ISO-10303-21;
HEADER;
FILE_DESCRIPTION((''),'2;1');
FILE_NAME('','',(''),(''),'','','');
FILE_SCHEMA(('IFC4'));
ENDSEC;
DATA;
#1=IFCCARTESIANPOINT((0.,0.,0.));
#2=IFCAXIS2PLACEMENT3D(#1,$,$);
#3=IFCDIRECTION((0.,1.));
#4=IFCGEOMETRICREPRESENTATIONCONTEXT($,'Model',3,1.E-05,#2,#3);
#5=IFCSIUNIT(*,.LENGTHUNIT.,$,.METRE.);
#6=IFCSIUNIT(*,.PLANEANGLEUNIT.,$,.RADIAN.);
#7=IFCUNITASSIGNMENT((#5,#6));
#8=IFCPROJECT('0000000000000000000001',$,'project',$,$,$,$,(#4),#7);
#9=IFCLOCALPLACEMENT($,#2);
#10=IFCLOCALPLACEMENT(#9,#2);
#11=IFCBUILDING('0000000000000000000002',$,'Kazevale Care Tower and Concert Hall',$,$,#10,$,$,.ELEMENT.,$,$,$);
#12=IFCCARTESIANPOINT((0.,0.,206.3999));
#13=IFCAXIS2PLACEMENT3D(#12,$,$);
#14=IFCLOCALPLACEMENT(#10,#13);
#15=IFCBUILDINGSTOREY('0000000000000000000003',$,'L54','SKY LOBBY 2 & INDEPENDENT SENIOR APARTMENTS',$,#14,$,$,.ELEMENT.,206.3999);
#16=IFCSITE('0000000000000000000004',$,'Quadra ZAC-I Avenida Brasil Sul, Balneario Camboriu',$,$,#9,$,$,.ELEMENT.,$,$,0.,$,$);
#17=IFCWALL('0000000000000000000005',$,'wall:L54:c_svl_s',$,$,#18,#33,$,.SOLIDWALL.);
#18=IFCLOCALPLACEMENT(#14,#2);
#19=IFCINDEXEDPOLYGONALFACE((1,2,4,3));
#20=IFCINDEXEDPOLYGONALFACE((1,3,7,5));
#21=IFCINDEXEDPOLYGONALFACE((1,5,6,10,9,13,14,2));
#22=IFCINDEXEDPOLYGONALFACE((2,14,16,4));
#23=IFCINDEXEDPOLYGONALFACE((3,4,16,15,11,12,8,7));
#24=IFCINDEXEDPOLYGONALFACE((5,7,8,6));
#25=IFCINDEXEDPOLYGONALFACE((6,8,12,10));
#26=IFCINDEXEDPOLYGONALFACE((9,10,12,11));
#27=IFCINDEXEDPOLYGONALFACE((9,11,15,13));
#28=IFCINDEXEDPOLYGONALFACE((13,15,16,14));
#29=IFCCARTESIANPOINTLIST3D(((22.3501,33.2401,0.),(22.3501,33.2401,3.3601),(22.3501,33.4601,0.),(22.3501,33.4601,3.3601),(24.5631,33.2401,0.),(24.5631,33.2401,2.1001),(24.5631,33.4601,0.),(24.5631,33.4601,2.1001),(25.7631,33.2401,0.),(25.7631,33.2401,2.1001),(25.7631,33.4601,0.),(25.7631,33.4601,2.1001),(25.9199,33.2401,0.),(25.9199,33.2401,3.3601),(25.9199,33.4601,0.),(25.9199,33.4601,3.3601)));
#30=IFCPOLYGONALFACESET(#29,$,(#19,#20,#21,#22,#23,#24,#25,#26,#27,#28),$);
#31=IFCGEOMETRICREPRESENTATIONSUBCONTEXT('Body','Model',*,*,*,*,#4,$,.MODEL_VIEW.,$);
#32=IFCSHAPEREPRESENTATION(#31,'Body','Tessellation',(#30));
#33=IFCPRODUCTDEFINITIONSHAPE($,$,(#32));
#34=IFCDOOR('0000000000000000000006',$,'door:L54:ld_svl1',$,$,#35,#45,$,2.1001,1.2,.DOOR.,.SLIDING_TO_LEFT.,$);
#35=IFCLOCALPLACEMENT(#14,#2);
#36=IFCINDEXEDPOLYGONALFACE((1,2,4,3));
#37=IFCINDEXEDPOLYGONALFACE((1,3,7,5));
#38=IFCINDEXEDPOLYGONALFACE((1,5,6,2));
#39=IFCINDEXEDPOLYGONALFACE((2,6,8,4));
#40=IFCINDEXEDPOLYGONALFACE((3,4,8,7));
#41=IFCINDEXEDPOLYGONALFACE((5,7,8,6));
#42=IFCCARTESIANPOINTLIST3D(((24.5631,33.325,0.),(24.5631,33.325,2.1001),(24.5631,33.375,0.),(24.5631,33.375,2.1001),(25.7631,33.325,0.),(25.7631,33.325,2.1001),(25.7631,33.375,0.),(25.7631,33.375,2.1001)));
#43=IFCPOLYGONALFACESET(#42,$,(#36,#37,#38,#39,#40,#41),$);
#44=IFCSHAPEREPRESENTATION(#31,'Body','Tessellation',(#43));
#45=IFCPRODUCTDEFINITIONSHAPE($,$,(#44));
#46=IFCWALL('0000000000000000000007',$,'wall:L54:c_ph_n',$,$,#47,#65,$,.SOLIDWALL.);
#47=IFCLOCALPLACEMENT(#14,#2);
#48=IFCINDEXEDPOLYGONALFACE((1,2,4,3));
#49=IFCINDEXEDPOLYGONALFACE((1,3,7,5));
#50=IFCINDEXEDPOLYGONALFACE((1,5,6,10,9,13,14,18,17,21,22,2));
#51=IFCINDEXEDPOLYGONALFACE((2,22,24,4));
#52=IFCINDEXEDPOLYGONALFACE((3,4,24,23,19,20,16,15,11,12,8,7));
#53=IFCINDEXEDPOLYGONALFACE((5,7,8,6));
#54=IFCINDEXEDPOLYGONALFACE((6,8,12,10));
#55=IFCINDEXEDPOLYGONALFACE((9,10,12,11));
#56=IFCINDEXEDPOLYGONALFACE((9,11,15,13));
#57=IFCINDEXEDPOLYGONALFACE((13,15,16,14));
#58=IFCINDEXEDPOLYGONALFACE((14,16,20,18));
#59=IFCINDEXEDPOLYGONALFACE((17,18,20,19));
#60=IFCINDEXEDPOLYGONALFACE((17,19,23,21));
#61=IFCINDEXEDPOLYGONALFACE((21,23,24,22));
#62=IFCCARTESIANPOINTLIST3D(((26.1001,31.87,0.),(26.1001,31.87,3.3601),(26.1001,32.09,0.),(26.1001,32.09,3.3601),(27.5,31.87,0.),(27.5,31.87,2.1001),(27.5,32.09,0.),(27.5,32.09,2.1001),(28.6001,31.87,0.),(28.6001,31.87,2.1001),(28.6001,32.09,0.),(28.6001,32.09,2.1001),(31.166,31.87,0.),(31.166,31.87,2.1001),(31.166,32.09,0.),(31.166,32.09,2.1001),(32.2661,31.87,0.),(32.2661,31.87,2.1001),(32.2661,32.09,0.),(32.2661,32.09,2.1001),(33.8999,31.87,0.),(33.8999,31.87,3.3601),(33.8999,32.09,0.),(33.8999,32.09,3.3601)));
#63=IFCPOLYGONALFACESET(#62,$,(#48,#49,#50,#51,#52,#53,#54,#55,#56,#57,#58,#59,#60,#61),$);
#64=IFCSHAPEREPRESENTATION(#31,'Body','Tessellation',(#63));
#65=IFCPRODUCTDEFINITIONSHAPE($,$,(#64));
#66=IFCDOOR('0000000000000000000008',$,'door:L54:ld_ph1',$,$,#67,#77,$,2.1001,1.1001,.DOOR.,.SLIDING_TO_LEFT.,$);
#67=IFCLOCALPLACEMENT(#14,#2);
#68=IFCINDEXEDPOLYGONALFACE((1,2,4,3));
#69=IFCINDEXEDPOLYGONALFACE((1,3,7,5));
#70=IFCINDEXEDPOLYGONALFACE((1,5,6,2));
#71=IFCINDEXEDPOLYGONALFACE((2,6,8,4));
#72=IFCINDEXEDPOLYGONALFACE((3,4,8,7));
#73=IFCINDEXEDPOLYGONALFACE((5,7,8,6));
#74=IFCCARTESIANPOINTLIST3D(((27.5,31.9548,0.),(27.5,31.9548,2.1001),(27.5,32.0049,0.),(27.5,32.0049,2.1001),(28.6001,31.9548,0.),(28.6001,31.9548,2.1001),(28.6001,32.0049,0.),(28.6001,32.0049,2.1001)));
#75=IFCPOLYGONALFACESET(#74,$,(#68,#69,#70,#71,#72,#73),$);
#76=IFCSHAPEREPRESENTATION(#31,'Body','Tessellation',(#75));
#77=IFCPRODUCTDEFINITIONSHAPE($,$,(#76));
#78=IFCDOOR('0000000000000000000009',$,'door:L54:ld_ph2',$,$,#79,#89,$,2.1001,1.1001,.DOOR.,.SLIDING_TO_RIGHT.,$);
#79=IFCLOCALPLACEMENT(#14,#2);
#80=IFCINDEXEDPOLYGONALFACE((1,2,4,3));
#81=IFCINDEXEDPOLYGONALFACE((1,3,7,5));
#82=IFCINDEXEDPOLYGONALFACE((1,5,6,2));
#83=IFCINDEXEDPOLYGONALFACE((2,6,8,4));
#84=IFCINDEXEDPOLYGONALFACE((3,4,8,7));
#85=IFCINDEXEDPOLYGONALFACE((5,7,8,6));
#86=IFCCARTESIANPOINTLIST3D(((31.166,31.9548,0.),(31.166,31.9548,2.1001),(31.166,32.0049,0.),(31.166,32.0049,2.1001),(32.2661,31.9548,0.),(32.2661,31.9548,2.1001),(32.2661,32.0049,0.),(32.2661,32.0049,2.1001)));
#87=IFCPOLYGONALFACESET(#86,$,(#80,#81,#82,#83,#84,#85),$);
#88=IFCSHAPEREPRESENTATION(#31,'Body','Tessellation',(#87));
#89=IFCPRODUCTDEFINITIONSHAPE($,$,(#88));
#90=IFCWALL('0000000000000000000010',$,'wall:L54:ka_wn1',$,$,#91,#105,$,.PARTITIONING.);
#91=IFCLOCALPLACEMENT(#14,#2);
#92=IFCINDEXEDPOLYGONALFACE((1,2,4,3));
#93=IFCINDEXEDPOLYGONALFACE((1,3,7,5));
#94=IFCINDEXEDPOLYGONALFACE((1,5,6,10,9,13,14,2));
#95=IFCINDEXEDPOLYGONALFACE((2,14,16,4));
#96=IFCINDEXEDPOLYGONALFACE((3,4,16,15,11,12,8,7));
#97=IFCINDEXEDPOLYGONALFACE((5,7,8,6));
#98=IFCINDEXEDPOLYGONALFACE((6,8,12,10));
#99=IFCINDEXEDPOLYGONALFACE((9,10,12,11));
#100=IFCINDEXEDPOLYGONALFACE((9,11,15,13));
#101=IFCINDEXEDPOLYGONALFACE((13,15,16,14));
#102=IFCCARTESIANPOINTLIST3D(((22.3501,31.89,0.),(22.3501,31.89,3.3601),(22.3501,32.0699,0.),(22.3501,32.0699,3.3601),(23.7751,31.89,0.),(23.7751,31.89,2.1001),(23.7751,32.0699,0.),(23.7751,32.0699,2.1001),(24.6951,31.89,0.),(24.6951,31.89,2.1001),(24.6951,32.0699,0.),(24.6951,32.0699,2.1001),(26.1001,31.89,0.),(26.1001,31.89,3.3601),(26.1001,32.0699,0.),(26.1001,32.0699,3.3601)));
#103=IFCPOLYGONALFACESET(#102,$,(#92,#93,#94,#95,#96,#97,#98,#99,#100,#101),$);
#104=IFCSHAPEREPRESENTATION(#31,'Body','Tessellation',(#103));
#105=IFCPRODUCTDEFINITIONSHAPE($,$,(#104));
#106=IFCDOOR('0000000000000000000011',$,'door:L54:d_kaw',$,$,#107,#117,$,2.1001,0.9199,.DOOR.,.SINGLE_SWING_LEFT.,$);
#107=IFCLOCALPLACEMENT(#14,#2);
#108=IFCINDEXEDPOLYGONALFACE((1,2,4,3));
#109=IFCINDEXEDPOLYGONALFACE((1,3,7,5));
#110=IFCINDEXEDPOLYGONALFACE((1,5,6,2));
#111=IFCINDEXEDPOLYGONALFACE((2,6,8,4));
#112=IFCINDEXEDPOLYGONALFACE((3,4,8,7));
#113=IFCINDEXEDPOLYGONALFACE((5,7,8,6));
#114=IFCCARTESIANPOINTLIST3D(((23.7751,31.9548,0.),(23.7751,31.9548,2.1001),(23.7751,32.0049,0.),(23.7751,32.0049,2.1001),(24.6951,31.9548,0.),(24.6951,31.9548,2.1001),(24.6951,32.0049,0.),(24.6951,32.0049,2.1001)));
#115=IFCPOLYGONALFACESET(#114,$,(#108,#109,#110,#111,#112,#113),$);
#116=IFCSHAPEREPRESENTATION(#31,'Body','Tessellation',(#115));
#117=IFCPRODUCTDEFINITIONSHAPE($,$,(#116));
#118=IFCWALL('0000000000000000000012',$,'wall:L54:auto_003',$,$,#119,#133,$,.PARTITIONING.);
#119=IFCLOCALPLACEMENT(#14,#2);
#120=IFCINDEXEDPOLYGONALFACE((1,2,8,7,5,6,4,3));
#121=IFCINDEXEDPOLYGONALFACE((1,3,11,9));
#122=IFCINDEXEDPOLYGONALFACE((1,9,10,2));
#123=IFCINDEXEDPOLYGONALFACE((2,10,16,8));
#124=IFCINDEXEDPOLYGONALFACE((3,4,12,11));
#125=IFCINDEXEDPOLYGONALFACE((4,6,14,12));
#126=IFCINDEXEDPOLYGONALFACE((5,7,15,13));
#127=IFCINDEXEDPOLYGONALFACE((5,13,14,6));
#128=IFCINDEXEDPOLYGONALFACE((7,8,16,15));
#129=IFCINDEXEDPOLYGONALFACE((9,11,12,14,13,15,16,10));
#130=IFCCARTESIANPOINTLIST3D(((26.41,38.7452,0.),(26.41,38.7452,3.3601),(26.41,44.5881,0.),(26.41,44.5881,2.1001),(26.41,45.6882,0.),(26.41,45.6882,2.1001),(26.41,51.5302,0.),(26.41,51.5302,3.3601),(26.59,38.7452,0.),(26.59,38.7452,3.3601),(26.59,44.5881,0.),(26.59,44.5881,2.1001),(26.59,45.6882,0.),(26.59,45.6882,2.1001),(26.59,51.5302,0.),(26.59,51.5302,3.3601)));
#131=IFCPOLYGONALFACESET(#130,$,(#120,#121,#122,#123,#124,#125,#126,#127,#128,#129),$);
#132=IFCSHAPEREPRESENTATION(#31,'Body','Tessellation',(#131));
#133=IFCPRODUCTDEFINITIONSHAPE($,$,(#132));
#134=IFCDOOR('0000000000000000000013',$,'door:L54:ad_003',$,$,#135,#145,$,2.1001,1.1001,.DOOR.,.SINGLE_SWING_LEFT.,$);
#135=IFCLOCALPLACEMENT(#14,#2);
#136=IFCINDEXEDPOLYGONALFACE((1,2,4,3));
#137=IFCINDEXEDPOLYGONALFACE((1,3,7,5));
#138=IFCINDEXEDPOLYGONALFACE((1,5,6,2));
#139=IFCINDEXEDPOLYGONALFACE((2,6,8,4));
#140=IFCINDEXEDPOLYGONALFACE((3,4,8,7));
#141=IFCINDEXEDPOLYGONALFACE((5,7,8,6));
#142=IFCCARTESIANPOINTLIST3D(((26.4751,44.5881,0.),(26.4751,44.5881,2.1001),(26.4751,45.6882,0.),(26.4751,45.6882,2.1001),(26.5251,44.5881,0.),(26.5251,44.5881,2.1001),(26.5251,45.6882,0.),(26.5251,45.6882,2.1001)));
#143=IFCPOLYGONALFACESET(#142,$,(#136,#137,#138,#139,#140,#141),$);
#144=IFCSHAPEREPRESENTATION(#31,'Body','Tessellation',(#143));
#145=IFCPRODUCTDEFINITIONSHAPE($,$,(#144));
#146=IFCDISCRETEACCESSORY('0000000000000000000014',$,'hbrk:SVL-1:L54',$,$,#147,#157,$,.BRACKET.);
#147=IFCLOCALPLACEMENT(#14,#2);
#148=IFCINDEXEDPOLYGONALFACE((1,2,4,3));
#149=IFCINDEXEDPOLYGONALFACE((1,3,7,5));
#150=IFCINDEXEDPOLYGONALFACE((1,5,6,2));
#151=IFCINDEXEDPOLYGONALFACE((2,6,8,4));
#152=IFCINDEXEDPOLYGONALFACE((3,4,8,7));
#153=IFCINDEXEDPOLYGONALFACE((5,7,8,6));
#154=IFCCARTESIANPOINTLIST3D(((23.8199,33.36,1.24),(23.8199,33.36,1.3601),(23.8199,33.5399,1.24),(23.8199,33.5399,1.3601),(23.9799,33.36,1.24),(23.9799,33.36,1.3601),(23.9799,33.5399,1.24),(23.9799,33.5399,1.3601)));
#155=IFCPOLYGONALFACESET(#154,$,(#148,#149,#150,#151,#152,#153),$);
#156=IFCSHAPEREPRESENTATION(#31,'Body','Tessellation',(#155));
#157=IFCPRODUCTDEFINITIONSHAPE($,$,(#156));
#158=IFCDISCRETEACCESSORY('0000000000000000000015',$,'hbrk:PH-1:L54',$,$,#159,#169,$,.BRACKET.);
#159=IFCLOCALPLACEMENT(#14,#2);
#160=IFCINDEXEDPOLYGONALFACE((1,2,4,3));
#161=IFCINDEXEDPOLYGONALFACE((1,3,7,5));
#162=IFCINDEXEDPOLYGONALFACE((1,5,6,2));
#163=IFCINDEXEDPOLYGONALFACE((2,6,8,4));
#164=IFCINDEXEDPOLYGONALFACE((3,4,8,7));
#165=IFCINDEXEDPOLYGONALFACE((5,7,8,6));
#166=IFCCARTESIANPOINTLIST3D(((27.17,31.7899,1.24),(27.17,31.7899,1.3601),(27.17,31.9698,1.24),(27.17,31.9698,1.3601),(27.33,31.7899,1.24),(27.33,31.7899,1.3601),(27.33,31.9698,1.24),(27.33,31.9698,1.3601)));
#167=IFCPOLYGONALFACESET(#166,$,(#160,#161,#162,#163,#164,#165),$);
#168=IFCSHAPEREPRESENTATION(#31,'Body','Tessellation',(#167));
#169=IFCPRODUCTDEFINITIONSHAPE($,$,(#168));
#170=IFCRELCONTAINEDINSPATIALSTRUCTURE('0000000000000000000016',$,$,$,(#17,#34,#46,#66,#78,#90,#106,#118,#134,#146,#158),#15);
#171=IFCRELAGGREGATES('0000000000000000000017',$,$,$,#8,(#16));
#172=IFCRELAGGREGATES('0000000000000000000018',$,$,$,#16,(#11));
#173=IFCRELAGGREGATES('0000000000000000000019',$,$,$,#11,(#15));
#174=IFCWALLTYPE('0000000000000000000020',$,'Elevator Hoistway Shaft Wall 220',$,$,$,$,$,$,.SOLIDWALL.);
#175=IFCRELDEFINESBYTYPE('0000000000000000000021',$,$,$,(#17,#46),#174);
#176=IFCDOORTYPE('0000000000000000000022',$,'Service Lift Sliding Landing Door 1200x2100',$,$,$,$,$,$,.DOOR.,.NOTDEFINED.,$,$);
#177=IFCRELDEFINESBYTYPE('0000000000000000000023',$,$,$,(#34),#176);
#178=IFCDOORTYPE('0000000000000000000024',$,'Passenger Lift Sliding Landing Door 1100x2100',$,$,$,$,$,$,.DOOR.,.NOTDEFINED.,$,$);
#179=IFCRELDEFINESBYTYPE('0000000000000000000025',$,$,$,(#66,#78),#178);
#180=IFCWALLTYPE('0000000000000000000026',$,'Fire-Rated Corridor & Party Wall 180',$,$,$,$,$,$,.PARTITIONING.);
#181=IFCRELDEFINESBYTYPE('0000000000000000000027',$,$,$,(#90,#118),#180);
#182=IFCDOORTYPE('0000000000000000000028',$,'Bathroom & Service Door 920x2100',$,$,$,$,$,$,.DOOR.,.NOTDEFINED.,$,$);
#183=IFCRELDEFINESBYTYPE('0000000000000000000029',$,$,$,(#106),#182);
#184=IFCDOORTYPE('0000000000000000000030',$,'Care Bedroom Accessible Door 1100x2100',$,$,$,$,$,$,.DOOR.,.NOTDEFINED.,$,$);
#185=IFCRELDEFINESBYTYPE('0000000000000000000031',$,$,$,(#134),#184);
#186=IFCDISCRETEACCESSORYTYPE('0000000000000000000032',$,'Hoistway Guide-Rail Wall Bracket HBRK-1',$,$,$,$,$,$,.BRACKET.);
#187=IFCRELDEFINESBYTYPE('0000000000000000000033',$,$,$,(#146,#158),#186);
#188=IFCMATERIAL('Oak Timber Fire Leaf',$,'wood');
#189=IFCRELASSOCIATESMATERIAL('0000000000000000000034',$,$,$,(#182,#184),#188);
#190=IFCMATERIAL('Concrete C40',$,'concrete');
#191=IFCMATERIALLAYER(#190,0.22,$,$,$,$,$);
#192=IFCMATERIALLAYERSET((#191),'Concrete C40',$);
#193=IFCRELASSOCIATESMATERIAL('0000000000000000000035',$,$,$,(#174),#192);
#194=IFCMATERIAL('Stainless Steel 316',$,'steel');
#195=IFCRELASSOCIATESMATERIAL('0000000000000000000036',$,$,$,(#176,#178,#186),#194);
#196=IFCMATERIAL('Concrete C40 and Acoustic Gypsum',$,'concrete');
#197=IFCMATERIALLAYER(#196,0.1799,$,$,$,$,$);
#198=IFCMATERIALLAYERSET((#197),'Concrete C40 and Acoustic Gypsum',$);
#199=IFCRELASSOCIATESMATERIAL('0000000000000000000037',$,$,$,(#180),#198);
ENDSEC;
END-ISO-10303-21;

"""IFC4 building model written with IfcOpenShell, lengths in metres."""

from ifc_helpers import new_model, si_unit, direction, frame, frame_2d, origin, origin_2d, place, context, subcontext, project, spatial, rectangle, extrude, material, layer, layer_set, type_object, element, fill, save


model = new_model("IFC4")

# Units and contexts
model_context = context("Model", 3, precision=1e-05, world=origin(), true_north=direction((0.0, 1.0)))
body_context = subcontext(model_context, "Body", "Model", "MODEL_VIEW")
ifc_project = project(units=[si_unit("LENGTHUNIT", "METRE"), si_unit("PLANEANGLEUNIT", "RADIAN")], contexts=[model_context])

# Site, building, storey
site_placement = place(None, origin())
site = spatial("IfcSite", under=ifc_project, at=site_placement, Name="Quadra ZAC-I Avenida Brasil Sul, Balneario Camboriu", CompositionType="ELEMENT", RefElevation=0.0)
building_placement = place(site_placement, origin())
building = spatial("IfcBuilding", under=site, at=building_placement, Name="Kazevale Care Tower and Concert Hall", CompositionType="ELEMENT")
storey_placement = place(building_placement, frame((0.0, 0.0, 206.3999)))
storey = spatial("IfcBuildingStorey", under=building, at=storey_placement, Name="L54", Description="SKY LOBBY 2 & INDEPENDENT SENIOR APARTMENTS", CompositionType="ELEMENT", Elevation=206.3999)

# Shared definitions
ifc_material_1 = material(Name="Oak Timber Fire Leaf", Category="wood")
door_type_1 = type_object("IfcDoorType", Name="Bathroom & Service Door 920x2100", OperationType="NOTDEFINED", PredefinedType="DOOR", material=ifc_material_1)

# Shared definitions
ifc_material_2 = material(Name="Concrete C40", Category="concrete")
ifc_layer_1 = layer(ifc_material_2, 0.22)
ifc_layer_set_1 = layer_set([ifc_layer_1], Name="Concrete C40")
wall_type_1 = type_object("IfcWallType", Name="Elevator Hoistway Shaft Wall 220", PredefinedType="SOLIDWALL", material=ifc_layer_set_1)

# Wall, opening, door
wall_1_placement = place(storey_placement, frame((22.3501, 33.3501, 0.0), z_axis=(0.0, 0.0, 1.0), x_axis=(1.0, 0.0, 0.0)))
wall_1 = element("IfcWall", 1, at=wall_1_placement, inside=storey, type_object=wall_type_1, Name="wall:L54:c_svl_s", PredefinedType="SOLIDWALL", context=body_context, shape_type="SweptSolid", body=[
    extrude(rectangle(XDim=3.5698, YDim=0.22, at=frame_2d((1.7849, 0.0))), origin(), (0.0, 0.0, 1.0), 3.3601),
])
opening_1_placement = place(wall_1_placement, frame((2.2129, 0.0, 0.0)))
opening_1 = element("IfcOpeningElement", 2, at=opening_1_placement, cuts=wall_1, PredefinedType="OPENING", context=body_context, shape_type="SweptSolid", body=[
    extrude(rectangle(XDim=1.2, YDim=2.1001, at=frame_2d((0.6001, 1.05))), frame((0.0, 0.1199, 0.0), z_axis=(0.0, -1.0, 0.0), x_axis=(1.0, 0.0, 0.0)), (0.0, 0.0, 1.0), 0.24),
])
ifc_material_3 = material(Name="Stainless Steel 316", Category="steel")
door_type_2 = type_object("IfcDoorType", Name="Service Lift Sliding Landing Door 1200x2100", OperationType="NOTDEFINED", PredefinedType="DOOR", material=ifc_material_3)
door_1_placement = place(opening_1_placement, origin())
door_1 = element("IfcDoor", 3, at=door_1_placement, inside=storey, type_object=door_type_2, Name="door:L54:ld_svl1", OperationType="SLIDING_TO_LEFT", OverallHeight=2.1001, OverallWidth=1.2, PredefinedType="DOOR", context=body_context, shape_type="SweptSolid", body=[
    extrude(rectangle(XDim=1.2, YDim=2.1001, at=frame_2d((0.6001, 1.05))), frame((0.0, 0.0249, 0.0), z_axis=(0.0, -1.0, 0.0), x_axis=(1.0, 0.0, 0.0)), (0.0, 0.0, 1.0), 0.05),
])
fill(opening_1, door_1)

# Wall, openings, doors
wall_2_placement = place(storey_placement, frame((26.1001, 31.98, 0.0), z_axis=(0.0, 0.0, 1.0), x_axis=(1.0, 0.0, 0.0)))
wall_2 = element("IfcWall", 4, at=wall_2_placement, inside=storey, type_object=wall_type_1, Name="wall:L54:c_ph_n", PredefinedType="SOLIDWALL", context=body_context, shape_type="SweptSolid", body=[
    extrude(rectangle(XDim=7.7998, YDim=0.22, at=frame_2d((3.8999, 0.0))), origin(), (0.0, 0.0, 1.0), 3.3601),
])
opening_2_placement = place(wall_2_placement, frame((1.3999, 0.0, 0.0)))
opening_2 = element("IfcOpeningElement", 5, at=opening_2_placement, cuts=wall_2, PredefinedType="OPENING", context=body_context, shape_type="SweptSolid", body=[
    extrude(rectangle(XDim=1.1001, YDim=2.1001, at=frame_2d((0.55, 1.05))), frame((0.0, 0.1199, 0.0), z_axis=(0.0, -1.0, 0.0), x_axis=(1.0, 0.0, 0.0)), (0.0, 0.0, 1.0), 0.24),
])
opening_3_placement = place(wall_2_placement, frame((5.0659, 0.0, 0.0)))
opening_3 = element("IfcOpeningElement", 6, at=opening_3_placement, cuts=wall_2, PredefinedType="OPENING", context=body_context, shape_type="SweptSolid", body=[
    extrude(rectangle(XDim=1.1001, YDim=2.1001, at=frame_2d((0.55, 1.05))), frame((0.0, 0.1199, 0.0), z_axis=(0.0, -1.0, 0.0), x_axis=(1.0, 0.0, 0.0)), (0.0, 0.0, 1.0), 0.24),
])
door_type_3 = type_object("IfcDoorType", Name="Passenger Lift Sliding Landing Door 1100x2100", OperationType="NOTDEFINED", PredefinedType="DOOR", material=ifc_material_3)
door_2_placement = place(opening_2_placement, origin())
door_2 = element("IfcDoor", 7, at=door_2_placement, inside=storey, type_object=door_type_3, Name="door:L54:ld_ph1", OperationType="SLIDING_TO_LEFT", OverallHeight=2.1001, OverallWidth=1.1001, PredefinedType="DOOR", context=body_context, shape_type="SweptSolid", body=[
    extrude(rectangle(XDim=1.1001, YDim=2.1001, at=frame_2d((0.55, 1.05))), frame((0.0, 0.0249, 0.0), z_axis=(0.0, -1.0, 0.0), x_axis=(1.0, 0.0, 0.0)), (0.0, 0.0, 1.0), 0.05),
])
fill(opening_2, door_2)
door_3_placement = place(opening_3_placement, origin())
door_3 = element("IfcDoor", 8, at=door_3_placement, inside=storey, type_object=door_type_3, Name="door:L54:ld_ph2", OperationType="SLIDING_TO_RIGHT", OverallHeight=2.1001, OverallWidth=1.1001, PredefinedType="DOOR", context=body_context, shape_type="SweptSolid", body=[
    extrude(rectangle(XDim=1.1001, YDim=2.1001, at=frame_2d((0.55, 1.05))), frame((0.0, 0.0249, 0.0), z_axis=(0.0, -1.0, 0.0), x_axis=(1.0, 0.0, 0.0)), (0.0, 0.0, 1.0), 0.05),
])
fill(opening_3, door_3)

# Walls, openings, doors
ifc_material_4 = material(Name="Concrete C40 and Acoustic Gypsum", Category="concrete")
ifc_layer_2 = layer(ifc_material_4, 0.1799)
ifc_layer_set_2 = layer_set([ifc_layer_2], Name="Concrete C40 and Acoustic Gypsum")
wall_type_2 = type_object("IfcWallType", Name="Fire-Rated Corridor & Party Wall 180", PredefinedType="PARTITIONING", material=ifc_layer_set_2)
wall_3_placement = place(storey_placement, frame((22.3501, 31.98, 0.0), z_axis=(0.0, 0.0, 1.0), x_axis=(1.0, 0.0, 0.0)))
wall_3 = element("IfcWall", 9, at=wall_3_placement, inside=storey, type_object=wall_type_2, Name="wall:L54:ka_wn1", PredefinedType="PARTITIONING", context=body_context, shape_type="SweptSolid", body=[
    extrude(rectangle(XDim=3.75, YDim=0.1799, at=frame_2d((1.875, 0.0))), origin(), (0.0, 0.0, 1.0), 3.3601),
])
opening_4_placement = place(wall_3_placement, frame((1.425, 0.0, 0.0)))
opening_4 = element("IfcOpeningElement", 10, at=opening_4_placement, cuts=wall_3, PredefinedType="OPENING", context=body_context, shape_type="SweptSolid", body=[
    extrude(rectangle(XDim=0.9199, YDim=2.1001, at=frame_2d((0.46, 1.05))), frame((0.0, 0.0999, 0.0), z_axis=(0.0, -1.0, 0.0), x_axis=(1.0, 0.0, 0.0)), (0.0, 0.0, 1.0), 0.2),
])
door_4_placement = place(opening_4_placement, origin())
door_4 = element("IfcDoor", 11, at=door_4_placement, inside=storey, type_object=door_type_1, Name="door:L54:d_kaw", OperationType="SINGLE_SWING_LEFT", OverallHeight=2.1001, OverallWidth=0.9199, PredefinedType="DOOR", context=body_context, shape_type="SweptSolid", body=[
    extrude(rectangle(XDim=0.9199, YDim=2.1001, at=frame_2d((0.46, 1.05))), frame((0.0, 0.0249, 0.0), z_axis=(0.0, -1.0, 0.0), x_axis=(1.0, 0.0, 0.0)), (0.0, 0.0, 1.0), 0.05),
])
fill(opening_4, door_4)
wall_4_placement = place(storey_placement, frame((26.5, 38.7451, 0.0), z_axis=(0.0, 0.0, 1.0), x_axis=(0.0, 1.0, 0.0)))
wall_4 = element("IfcWall", 12, at=wall_4_placement, inside=storey, type_object=wall_type_2, Name="wall:L54:auto_003", PredefinedType="PARTITIONING", context=body_context, shape_type="SweptSolid", body=[
    extrude(rectangle(XDim=12.7849, YDim=0.1799, at=frame_2d((6.3926, 0.0))), origin(), (0.0, 0.0, 1.0), 3.3601),
])
opening_5_placement = place(wall_4_placement, frame((5.843, 0.0, 0.0)))
opening_5 = element("IfcOpeningElement", 13, at=opening_5_placement, cuts=wall_4, PredefinedType="OPENING", context=body_context, shape_type="SweptSolid", body=[
    extrude(rectangle(XDim=1.1001, YDim=2.1001, at=frame_2d((0.55, 1.05))), frame((0.0, 0.0999, 0.0), z_axis=(0.0, -1.0, 0.0), x_axis=(1.0, 0.0, 0.0)), (0.0, 0.0, 1.0), 0.2),
])
door_type_4 = type_object("IfcDoorType", Name="Care Bedroom Accessible Door 1100x2100", OperationType="NOTDEFINED", PredefinedType="DOOR", material=ifc_material_1)
door_5_placement = place(opening_5_placement, origin())
door_5 = element("IfcDoor", 14, at=door_5_placement, inside=storey, type_object=door_type_4, Name="door:L54:ad_003", OperationType="SINGLE_SWING_LEFT", OverallHeight=2.1001, OverallWidth=1.1001, PredefinedType="DOOR", context=body_context, shape_type="SweptSolid", body=[
    extrude(rectangle(XDim=1.1001, YDim=2.1001, at=frame_2d((0.55, 1.05))), frame((0.0, 0.0249, 0.0), z_axis=(0.0, -1.0, 0.0), x_axis=(1.0, 0.0, 0.0)), (0.0, 0.0, 1.0), 0.05),
])
fill(opening_5, door_5)

# Discrete accessories
discrete_accessory_type = type_object("IfcDiscreteAccessoryType", Name="Hoistway Guide-Rail Wall Bracket HBRK-1", PredefinedType="BRACKET", material=ifc_material_3)
for number, where, z_axis, x_axis, name in (
    (15, (23.8999, 33.45, 1.24), (0.0, 0.0, 1.0), (1.0, 0.0, 0.0), "hbrk:SVL-1:L54"),
    (16, (27.25, 31.8799, 1.24), (0.0, 0.0, 1.0), (1.0, 0.0, 0.0), "hbrk:PH-1:L54"),
):
    element("IfcDiscreteAccessory", number, at=place(storey_placement, frame(where, z_axis=z_axis, x_axis=x_axis)), inside=storey, type_object=discrete_accessory_type, Name=name, PredefinedType="BRACKET", context=body_context, shape_type="SweptSolid", body=[
        extrude(rectangle(XDim=0.1599, YDim=0.1799, at=origin_2d()), origin(), (0.0, 0.0, 1.0), 0.1201),
    ])

save(model, "model.ifc")
